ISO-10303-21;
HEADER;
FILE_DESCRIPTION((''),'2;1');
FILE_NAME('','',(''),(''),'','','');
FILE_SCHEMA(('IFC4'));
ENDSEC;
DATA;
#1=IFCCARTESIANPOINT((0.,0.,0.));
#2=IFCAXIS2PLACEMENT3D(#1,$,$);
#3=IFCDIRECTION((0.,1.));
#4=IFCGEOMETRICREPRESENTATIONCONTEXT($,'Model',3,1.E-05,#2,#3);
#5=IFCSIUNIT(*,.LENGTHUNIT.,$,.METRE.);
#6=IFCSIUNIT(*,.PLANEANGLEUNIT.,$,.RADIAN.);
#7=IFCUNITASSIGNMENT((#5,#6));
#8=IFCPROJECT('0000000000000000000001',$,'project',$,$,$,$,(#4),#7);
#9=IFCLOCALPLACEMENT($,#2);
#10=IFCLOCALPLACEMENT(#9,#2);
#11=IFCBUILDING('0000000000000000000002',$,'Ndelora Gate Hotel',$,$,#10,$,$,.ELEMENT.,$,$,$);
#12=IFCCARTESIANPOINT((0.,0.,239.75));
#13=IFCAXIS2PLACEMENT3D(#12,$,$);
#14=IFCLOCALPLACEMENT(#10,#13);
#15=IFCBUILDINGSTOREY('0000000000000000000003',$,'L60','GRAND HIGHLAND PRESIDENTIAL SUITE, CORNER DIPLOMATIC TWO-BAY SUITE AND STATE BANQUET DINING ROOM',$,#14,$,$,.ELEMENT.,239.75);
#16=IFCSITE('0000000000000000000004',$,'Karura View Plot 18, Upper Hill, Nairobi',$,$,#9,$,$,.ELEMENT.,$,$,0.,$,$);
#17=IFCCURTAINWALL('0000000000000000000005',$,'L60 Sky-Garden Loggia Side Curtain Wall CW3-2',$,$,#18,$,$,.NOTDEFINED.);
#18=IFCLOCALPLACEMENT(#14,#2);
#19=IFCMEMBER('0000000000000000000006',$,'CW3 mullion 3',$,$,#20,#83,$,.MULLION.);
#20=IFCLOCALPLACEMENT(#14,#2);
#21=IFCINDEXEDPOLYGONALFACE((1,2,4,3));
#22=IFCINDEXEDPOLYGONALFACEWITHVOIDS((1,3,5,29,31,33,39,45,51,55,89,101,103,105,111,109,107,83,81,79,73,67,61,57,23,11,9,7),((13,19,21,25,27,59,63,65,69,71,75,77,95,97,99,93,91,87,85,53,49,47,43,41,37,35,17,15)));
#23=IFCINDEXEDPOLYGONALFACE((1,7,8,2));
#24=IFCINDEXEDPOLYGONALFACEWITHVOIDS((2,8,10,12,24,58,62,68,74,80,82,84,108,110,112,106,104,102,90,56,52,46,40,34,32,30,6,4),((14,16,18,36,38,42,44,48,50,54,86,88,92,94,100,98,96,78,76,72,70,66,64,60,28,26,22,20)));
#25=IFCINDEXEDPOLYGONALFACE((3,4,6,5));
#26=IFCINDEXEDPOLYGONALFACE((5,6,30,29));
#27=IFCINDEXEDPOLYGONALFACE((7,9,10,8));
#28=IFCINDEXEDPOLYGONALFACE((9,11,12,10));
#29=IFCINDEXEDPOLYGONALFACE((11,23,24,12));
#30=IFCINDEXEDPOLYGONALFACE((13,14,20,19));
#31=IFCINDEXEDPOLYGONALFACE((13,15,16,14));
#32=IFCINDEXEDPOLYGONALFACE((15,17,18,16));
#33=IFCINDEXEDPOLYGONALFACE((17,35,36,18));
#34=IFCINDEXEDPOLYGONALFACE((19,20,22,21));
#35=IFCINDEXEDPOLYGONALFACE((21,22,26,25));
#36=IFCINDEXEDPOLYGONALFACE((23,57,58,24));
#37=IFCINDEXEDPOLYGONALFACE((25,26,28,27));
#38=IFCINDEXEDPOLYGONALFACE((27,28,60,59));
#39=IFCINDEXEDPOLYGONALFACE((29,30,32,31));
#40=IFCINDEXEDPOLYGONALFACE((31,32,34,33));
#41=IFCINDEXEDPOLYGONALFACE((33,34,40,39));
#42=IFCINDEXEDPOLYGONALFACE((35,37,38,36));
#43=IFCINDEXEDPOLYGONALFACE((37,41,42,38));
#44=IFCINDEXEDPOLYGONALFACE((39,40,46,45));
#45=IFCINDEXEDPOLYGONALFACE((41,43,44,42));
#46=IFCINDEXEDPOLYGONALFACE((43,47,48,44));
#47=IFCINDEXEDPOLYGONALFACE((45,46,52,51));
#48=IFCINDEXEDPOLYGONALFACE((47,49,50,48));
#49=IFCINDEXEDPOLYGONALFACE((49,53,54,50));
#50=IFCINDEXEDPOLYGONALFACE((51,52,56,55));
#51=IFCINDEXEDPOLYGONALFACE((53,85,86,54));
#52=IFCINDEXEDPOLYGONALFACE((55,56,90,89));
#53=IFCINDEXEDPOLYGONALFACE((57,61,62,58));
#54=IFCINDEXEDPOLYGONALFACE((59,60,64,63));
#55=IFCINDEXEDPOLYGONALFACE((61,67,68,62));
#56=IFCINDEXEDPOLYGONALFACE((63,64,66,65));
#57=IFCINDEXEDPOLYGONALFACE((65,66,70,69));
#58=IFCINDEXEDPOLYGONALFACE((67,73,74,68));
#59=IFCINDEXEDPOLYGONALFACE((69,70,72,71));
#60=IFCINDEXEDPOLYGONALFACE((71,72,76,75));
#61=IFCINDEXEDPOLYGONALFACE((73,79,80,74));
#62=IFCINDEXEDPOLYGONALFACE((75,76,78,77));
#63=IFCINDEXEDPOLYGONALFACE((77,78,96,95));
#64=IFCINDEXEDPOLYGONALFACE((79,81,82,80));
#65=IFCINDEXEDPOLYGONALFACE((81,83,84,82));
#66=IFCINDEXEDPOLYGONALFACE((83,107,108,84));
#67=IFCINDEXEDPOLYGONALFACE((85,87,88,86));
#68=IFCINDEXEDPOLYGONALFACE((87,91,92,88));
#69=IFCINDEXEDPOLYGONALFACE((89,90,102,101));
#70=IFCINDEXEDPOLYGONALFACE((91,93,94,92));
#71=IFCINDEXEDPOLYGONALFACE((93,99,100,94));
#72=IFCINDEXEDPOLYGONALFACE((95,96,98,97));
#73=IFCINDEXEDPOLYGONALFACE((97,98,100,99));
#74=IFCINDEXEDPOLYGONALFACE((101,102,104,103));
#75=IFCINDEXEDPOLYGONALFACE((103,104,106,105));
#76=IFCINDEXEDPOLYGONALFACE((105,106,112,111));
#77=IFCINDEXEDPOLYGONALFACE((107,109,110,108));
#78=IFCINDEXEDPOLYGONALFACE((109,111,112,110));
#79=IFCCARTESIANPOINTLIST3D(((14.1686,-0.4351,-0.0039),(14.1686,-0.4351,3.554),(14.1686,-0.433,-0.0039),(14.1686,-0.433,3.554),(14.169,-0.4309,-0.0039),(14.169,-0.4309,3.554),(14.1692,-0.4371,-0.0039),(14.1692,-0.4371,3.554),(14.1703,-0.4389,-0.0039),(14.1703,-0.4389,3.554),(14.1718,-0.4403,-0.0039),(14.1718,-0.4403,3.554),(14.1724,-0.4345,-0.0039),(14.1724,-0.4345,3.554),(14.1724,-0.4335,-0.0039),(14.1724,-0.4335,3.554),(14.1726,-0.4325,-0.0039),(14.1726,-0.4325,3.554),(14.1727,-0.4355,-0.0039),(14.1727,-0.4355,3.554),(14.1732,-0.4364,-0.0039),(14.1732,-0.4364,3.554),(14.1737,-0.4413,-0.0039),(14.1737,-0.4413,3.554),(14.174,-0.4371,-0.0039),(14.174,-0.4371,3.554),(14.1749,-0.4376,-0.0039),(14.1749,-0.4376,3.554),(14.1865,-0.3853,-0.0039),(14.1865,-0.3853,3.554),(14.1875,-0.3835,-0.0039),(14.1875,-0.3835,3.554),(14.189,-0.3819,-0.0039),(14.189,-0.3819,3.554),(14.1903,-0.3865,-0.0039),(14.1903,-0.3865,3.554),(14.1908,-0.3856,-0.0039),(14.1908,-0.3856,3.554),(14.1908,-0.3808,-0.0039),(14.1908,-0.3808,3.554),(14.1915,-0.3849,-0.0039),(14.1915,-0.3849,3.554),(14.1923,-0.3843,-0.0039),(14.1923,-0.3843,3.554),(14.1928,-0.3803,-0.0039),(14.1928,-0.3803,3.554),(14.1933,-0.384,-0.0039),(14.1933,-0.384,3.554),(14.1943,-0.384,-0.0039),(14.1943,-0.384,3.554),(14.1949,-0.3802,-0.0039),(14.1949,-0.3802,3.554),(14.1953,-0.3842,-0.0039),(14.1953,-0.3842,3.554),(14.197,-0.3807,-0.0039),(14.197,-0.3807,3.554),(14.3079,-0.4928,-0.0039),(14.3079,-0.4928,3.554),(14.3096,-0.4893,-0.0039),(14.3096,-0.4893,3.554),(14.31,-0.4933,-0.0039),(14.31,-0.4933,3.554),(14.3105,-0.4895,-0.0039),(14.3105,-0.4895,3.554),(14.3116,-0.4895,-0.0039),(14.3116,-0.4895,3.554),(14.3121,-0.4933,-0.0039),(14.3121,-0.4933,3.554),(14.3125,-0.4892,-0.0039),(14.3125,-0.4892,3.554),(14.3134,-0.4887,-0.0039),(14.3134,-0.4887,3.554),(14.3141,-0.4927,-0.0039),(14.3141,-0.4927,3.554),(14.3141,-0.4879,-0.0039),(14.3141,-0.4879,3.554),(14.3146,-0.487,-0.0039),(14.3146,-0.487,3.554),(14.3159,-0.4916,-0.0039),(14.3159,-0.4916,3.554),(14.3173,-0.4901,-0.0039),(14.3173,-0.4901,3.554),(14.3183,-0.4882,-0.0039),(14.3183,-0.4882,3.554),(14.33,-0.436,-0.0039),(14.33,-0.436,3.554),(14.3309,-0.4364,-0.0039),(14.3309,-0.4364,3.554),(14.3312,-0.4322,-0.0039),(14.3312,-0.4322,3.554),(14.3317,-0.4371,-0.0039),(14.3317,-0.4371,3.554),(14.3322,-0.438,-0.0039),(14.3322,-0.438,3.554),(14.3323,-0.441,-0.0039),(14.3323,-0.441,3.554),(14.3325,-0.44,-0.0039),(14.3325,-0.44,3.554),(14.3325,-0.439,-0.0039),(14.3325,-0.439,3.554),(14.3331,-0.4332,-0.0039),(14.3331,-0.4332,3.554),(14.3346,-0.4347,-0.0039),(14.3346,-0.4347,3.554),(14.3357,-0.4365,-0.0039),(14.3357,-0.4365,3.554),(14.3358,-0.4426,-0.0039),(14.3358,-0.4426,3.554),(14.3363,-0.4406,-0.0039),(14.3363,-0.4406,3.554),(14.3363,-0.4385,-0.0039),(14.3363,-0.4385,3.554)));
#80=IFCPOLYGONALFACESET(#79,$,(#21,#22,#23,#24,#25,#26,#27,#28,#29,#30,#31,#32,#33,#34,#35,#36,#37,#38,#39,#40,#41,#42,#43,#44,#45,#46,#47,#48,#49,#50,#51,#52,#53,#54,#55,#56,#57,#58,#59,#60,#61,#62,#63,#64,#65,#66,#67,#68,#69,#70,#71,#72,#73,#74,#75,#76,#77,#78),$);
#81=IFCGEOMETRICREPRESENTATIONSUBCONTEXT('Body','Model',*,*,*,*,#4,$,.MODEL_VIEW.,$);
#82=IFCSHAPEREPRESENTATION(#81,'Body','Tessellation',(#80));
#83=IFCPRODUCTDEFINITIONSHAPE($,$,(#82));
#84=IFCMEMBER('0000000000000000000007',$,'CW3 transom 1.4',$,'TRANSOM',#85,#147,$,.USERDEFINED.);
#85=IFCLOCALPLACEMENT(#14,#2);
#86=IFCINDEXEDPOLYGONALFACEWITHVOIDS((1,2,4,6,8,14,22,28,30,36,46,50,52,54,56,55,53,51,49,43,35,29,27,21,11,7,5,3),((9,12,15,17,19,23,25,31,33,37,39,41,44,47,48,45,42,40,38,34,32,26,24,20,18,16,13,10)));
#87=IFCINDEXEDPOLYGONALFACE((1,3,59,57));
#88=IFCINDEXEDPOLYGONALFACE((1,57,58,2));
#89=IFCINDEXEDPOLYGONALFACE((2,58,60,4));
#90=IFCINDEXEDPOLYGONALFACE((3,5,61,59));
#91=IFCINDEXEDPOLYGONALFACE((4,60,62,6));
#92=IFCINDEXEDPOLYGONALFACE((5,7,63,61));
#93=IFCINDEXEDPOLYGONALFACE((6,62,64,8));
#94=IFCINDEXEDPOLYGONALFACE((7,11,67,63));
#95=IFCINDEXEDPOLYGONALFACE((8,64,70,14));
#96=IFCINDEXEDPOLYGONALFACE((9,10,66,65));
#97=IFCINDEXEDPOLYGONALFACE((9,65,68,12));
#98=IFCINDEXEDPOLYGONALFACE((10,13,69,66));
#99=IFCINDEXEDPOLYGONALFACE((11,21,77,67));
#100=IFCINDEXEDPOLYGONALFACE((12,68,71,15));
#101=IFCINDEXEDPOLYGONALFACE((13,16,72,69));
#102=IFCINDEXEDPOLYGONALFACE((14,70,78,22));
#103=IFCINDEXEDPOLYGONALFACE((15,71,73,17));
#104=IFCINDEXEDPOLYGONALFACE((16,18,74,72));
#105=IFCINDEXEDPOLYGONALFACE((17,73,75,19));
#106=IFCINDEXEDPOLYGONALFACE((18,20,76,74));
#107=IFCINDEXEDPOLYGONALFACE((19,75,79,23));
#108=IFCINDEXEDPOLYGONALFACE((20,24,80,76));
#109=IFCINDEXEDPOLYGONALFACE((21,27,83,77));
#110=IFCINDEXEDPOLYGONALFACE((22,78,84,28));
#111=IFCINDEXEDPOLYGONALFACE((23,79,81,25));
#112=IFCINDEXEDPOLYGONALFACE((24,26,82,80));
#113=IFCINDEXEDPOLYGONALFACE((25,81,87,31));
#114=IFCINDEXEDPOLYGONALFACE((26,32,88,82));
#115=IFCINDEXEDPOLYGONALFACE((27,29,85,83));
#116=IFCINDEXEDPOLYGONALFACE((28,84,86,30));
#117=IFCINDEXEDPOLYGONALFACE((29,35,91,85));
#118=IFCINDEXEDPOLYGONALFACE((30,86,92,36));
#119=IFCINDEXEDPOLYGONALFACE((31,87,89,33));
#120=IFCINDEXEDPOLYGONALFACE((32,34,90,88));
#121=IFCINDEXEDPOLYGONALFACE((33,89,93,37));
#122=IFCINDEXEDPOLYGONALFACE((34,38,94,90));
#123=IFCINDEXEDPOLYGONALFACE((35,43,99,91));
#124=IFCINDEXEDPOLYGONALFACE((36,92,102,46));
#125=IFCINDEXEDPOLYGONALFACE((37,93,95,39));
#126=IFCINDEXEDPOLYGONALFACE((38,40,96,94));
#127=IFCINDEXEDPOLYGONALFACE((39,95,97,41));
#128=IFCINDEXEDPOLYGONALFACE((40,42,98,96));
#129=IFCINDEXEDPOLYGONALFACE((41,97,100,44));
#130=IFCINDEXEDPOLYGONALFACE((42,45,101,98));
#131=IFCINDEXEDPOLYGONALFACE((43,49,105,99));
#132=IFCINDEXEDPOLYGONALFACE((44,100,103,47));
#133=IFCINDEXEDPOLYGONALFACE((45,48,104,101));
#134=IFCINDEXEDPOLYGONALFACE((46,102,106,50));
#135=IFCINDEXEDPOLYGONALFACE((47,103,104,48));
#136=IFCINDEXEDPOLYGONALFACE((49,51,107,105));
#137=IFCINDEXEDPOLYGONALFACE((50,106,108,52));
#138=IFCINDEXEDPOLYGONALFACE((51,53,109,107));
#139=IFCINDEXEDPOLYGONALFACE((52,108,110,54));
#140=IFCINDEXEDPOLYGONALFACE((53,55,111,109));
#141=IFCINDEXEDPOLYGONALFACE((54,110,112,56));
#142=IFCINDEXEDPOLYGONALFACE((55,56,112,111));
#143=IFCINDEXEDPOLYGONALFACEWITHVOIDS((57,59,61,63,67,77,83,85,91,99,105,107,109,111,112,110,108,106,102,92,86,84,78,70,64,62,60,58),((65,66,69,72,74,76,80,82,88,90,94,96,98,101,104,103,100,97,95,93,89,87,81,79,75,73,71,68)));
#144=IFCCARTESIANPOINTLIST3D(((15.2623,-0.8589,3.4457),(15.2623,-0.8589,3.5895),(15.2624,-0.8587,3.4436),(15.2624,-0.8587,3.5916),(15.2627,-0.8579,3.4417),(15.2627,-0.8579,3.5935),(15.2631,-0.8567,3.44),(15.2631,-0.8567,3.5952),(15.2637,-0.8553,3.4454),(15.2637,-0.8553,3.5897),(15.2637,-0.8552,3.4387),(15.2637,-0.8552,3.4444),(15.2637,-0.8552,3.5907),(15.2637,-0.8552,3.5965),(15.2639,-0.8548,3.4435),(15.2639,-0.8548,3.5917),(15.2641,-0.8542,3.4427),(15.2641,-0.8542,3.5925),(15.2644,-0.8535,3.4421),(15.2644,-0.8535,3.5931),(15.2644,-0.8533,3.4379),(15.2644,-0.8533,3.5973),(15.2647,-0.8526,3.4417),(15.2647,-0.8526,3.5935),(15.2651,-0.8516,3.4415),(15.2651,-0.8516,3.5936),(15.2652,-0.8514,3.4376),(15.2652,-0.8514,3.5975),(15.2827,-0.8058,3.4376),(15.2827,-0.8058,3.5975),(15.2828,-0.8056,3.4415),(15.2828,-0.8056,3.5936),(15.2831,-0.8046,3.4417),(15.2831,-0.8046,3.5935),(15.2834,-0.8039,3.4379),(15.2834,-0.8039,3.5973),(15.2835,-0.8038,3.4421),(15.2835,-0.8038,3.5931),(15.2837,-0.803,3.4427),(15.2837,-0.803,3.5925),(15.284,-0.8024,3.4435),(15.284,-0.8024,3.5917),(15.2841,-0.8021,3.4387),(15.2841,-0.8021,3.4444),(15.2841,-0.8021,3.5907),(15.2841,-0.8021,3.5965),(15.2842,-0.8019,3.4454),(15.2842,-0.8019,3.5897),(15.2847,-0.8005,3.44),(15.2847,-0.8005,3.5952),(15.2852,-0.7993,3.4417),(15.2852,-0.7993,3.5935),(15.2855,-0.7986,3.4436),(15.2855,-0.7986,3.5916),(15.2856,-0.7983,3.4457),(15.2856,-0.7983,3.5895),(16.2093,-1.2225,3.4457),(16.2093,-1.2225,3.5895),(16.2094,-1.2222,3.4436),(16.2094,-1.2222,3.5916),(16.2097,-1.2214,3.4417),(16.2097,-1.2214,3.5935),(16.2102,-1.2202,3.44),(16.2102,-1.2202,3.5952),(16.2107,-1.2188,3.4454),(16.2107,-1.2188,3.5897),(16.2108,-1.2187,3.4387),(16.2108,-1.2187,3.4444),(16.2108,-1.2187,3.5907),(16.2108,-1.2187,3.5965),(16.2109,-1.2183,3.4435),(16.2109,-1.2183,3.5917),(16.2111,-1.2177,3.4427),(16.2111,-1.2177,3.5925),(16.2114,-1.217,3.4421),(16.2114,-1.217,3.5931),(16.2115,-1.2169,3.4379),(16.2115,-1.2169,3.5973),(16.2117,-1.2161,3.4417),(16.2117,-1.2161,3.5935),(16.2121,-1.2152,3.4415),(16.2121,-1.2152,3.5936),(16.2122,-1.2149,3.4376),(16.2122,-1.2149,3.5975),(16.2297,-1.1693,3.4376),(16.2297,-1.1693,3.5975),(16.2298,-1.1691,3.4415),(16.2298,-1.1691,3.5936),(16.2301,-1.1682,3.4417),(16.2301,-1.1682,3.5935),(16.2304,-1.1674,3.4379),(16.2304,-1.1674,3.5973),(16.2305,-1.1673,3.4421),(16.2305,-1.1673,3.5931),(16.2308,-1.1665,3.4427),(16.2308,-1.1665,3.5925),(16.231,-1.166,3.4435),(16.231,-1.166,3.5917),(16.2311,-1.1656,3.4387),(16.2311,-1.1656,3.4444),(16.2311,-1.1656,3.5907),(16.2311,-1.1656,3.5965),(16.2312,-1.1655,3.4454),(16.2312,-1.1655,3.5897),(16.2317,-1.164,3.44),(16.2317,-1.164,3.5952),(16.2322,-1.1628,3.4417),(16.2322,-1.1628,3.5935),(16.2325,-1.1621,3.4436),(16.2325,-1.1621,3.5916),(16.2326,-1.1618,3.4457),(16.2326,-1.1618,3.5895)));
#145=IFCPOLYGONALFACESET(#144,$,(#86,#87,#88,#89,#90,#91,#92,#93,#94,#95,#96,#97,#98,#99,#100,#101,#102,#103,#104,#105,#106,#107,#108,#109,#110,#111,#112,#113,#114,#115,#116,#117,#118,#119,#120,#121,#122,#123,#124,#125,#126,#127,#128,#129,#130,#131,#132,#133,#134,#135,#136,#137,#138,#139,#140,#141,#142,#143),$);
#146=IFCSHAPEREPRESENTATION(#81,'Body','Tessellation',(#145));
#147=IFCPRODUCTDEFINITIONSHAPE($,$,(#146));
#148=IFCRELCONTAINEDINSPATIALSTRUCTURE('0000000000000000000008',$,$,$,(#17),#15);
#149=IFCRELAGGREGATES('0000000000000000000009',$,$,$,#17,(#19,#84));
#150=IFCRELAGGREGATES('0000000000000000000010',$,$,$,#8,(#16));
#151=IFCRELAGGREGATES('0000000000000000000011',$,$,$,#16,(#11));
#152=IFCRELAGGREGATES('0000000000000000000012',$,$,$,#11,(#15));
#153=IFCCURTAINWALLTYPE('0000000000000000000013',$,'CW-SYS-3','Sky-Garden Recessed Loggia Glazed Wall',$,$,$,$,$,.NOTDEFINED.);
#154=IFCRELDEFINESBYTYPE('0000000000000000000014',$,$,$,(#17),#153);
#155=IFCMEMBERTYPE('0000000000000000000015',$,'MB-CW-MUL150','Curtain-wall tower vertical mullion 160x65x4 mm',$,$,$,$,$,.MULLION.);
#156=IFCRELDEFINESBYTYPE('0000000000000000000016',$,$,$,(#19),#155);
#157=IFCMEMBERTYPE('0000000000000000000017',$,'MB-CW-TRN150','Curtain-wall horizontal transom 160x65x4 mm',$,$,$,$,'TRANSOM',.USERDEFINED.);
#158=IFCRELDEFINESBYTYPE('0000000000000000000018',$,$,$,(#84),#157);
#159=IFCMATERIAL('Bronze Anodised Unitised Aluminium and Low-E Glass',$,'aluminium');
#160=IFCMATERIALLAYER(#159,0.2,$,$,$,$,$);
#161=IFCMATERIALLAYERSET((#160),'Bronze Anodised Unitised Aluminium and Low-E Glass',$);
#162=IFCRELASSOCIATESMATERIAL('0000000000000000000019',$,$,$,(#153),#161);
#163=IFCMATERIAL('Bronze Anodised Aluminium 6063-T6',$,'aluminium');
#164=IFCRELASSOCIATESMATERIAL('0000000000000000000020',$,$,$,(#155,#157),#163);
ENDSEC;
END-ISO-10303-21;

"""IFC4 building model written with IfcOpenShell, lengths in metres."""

from ifc_helpers import new_model, si_unit, direction, frame, origin, origin_2d, place, context, subcontext, project, spatial, hollow_rectangle, extrude, material, layer, layer_set, material_profile, profile_set, type_object, element, aggregate, save


model = new_model("IFC4")

# Units and contexts
model_context = context("Model", 3, precision=1e-05, world=origin(), true_north=direction((0.0, 1.0)))
body_context = subcontext(model_context, "Body", "Model", "MODEL_VIEW")
ifc_project = project(units=[si_unit("LENGTHUNIT", "METRE"), si_unit("PLANEANGLEUNIT", "RADIAN")], contexts=[model_context])

# Site, building, storey
site_placement = place(None, origin())
site = spatial("IfcSite", under=ifc_project, at=site_placement, Name="Karura View Plot 18, Upper Hill, Nairobi", CompositionType="ELEMENT", RefElevation=0.0)
building_placement = place(site_placement, origin())
building = spatial("IfcBuilding", under=site, at=building_placement, Name="Ndelora Gate Hotel", CompositionType="ELEMENT")
storey_placement = place(building_placement, frame((0.0, 0.0, 239.75)))
storey = spatial("IfcBuildingStorey", under=building, at=storey_placement, Name="L60", Description="GRAND HIGHLAND PRESIDENTIAL SUITE, CORNER DIPLOMATIC TWO-BAY SUITE AND STATE BANQUET DINING ROOM", CompositionType="ELEMENT", Elevation=239.75)

# Curtain wall, members
ifc_material_1 = material(Name="Bronze Anodised Unitised Aluminium and Low-E Glass", Category="aluminium")
ifc_layer_1 = layer(ifc_material_1, 0.2)
ifc_layer_set_1 = layer_set([ifc_layer_1], Name="Bronze Anodised Unitised Aluminium and Low-E Glass")
curtain_wall_type = type_object("IfcCurtainWallType", Name="CW-SYS-3", Description="Sky-Garden Recessed Loggia Glazed Wall", PredefinedType="NOTDEFINED", material=ifc_layer_set_1)
curtain_wall_placement = place(storey_placement, origin())
curtain_wall = element("IfcCurtainWall", 1, at=curtain_wall_placement, inside=storey, type_object=curtain_wall_type, Name="L60 Sky-Garden Loggia Side Curtain Wall CW3-2", PredefinedType="NOTDEFINED")
ifc_material_2 = material(Name="Bronze Anodised Aluminium 6063-T6", Category="aluminium")
ifc_material_profile_1 = material_profile(ifc_material_2, hollow_rectangle(XDim=0.0649, YDim=0.1599, WallThickness=0.0039, InnerFilletRadius=0.0039, OuterFilletRadius=0.0081, at=origin_2d()), Name="ALU 160x65x4")
ifc_profile_set_1 = profile_set([ifc_material_profile_1], Name="Bronze Anodised Aluminium 6063-T6")
member_type_1 = type_object("IfcMemberType", Name="MB-CW-MUL150", Description="Curtain-wall tower vertical mullion 160x65x4 mm", PredefinedType="MULLION", material=ifc_profile_set_1)
member_1_placement = place(storey_placement, frame((14.2524, -0.4368, -0.0039), z_axis=(0.0, 0.0, 1.0), x_axis=(-0.358361, -0.933583, 0.0)))
member_1 = element("IfcMember", 2, at=member_1_placement, type_object=member_type_1, Name="CW3 mullion 3", PredefinedType="MULLION", context=body_context, shape_type="SweptSolid", body=[
    extrude(hollow_rectangle(XDim=0.0649, YDim=0.1599, WallThickness=0.0039, InnerFilletRadius=0.0039, OuterFilletRadius=0.0081, at=origin_2d()), origin(), (0.0, 0.0, 1.0), 3.5579),
])
ifc_material_profile_2 = material_profile(ifc_material_2, hollow_rectangle(XDim=0.0649, YDim=0.1599, WallThickness=0.0039, InnerFilletRadius=0.0039, OuterFilletRadius=0.0081, at=origin_2d()), Name="ALU 160x65x4")
ifc_profile_set_2 = profile_set([ifc_material_profile_2], Name="Bronze Anodised Aluminium 6063-T6")
member_type_2 = type_object("IfcMemberType", Name="MB-CW-TRN150", Description="Curtain-wall horizontal transom 160x65x4 mm", ElementType="TRANSOM", PredefinedType="USERDEFINED", material=ifc_profile_set_2)
member_2_placement = place(storey_placement, frame((16.2209, -1.1921, 3.5176), z_axis=(-0.933581, 0.358366, 0.0), x_axis=(-0.358366, -0.933581, 0.0)))
member_2 = element("IfcMember", 3, at=member_2_placement, type_object=member_type_2, Name="CW3 transom 1.4", ObjectType="TRANSOM", PredefinedType="USERDEFINED", context=body_context, shape_type="SweptSolid", body=[
    extrude(hollow_rectangle(XDim=0.0649, YDim=0.1599, WallThickness=0.0039, InnerFilletRadius=0.0039, OuterFilletRadius=0.0081, at=origin_2d()), origin(), (0.0, 0.0, 1.0), 1.0144),
])
aggregate(curtain_wall, [member_1, member_2])

save(model, "model.ifc")
